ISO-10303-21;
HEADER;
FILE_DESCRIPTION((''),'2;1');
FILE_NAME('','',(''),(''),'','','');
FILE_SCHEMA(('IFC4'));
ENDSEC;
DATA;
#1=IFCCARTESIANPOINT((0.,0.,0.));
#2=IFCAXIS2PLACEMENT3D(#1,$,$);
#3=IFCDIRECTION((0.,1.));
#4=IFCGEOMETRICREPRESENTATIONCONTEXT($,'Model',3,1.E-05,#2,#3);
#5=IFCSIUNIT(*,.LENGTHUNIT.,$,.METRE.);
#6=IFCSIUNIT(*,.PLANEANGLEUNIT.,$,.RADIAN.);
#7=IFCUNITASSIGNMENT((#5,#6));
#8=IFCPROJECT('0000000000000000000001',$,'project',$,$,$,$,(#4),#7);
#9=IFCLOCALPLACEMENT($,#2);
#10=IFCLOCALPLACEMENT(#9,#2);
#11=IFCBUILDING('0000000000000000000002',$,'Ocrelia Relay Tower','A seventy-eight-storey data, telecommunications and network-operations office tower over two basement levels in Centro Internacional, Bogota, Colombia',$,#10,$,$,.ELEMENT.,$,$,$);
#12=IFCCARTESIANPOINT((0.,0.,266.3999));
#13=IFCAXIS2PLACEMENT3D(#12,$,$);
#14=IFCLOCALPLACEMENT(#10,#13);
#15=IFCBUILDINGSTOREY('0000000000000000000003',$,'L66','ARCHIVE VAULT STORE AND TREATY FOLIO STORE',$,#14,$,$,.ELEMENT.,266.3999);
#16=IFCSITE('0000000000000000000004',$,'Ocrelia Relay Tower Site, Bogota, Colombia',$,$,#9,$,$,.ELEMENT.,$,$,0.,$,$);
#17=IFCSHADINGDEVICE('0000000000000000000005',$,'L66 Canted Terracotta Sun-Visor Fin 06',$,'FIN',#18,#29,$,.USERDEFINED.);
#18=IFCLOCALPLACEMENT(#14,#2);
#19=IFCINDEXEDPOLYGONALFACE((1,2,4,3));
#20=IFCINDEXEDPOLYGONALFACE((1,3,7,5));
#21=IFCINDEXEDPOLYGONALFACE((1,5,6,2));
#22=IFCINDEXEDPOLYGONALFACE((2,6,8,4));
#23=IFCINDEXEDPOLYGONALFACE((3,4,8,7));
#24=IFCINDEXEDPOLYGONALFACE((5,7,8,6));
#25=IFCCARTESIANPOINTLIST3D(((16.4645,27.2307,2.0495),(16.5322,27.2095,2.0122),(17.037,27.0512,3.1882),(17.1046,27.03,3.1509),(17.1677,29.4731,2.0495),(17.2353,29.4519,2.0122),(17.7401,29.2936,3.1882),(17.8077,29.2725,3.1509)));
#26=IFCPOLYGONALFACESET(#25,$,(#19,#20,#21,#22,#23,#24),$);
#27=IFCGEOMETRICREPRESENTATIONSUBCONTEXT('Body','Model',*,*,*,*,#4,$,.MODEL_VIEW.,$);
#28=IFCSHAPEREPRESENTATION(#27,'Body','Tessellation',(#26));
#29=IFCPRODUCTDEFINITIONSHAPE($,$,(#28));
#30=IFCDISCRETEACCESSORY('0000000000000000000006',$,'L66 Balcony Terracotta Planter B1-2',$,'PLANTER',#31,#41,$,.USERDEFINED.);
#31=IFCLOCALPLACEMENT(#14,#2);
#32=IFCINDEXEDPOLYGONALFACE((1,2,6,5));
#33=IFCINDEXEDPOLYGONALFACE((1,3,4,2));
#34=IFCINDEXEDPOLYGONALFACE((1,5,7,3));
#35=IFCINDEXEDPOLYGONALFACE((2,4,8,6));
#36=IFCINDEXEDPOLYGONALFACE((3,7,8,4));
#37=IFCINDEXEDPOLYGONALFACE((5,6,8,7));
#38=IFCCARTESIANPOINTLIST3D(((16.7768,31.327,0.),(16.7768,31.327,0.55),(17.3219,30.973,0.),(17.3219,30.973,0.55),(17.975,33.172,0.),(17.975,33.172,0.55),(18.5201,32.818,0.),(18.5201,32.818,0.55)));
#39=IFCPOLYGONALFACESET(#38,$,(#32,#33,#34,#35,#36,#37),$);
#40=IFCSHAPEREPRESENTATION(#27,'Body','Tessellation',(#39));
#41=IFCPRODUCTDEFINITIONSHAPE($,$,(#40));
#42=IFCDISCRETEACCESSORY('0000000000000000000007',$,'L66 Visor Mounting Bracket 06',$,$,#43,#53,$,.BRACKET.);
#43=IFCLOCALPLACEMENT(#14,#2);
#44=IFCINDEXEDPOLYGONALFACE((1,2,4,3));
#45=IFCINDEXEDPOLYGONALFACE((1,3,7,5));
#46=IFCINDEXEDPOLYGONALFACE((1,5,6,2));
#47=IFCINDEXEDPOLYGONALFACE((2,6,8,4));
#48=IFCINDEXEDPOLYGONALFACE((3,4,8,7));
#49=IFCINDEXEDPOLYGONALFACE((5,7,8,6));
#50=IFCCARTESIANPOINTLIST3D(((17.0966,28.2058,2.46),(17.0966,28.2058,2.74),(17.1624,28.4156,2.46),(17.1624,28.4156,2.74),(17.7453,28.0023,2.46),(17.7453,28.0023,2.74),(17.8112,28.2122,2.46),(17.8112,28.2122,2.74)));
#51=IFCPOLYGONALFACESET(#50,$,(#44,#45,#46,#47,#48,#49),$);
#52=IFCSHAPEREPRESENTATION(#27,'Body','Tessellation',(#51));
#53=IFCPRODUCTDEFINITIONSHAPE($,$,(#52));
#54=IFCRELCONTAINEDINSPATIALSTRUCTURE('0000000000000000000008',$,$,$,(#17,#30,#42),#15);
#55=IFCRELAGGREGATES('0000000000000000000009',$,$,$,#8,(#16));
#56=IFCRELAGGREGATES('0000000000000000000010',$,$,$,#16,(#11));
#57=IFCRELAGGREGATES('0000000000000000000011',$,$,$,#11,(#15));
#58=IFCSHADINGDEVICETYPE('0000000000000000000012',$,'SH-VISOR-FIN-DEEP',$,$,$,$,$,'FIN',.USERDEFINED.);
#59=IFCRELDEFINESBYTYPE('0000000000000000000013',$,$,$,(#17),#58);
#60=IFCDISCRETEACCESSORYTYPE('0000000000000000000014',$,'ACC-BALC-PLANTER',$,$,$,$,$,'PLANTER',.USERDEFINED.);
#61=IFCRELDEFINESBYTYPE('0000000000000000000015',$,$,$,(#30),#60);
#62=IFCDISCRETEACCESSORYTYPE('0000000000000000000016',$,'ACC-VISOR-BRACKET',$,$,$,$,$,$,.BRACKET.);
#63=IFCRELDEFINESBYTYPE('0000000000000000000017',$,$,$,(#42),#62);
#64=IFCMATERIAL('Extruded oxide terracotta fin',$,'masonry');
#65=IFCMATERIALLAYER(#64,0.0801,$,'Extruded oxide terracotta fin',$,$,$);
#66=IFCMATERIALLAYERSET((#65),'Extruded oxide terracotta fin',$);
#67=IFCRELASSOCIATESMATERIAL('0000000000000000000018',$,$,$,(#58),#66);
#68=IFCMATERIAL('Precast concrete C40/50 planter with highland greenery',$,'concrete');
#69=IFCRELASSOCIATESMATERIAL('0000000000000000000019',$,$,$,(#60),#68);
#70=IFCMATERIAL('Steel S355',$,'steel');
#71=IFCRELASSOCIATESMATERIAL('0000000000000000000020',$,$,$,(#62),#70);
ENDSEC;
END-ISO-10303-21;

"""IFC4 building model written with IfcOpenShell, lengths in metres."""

from ifc_helpers import new_model, si_unit, direction, frame, origin, origin_2d, place, context, subcontext, project, spatial, rectangle, extrude, material, layer, layer_set, type_object, element, save


model = new_model("IFC4")

# Units and contexts
model_context = context("Model", 3, precision=1e-05, world=origin(), true_north=direction((0.0, 1.0)))
body_context = subcontext(model_context, "Body", "Model", "MODEL_VIEW")
ifc_project = project(units=[si_unit("LENGTHUNIT", "METRE"), si_unit("PLANEANGLEUNIT", "RADIAN")], contexts=[model_context])

# Site, building, storey
site_placement = place(None, origin())
site = spatial("IfcSite", under=ifc_project, at=site_placement, Name="Ocrelia Relay Tower Site, Bogota, Colombia", CompositionType="ELEMENT", RefElevation=0.0)
building_placement = place(site_placement, origin())
building = spatial("IfcBuilding", under=site, at=building_placement, Name="Ocrelia Relay Tower", Description="A seventy-eight-storey data, telecommunications and network-operations office tower over two basement levels in Centro Internacional, Bogota, Colombia", CompositionType="ELEMENT")
storey_placement = place(building_placement, frame((0.0, 0.0, 266.3999)))
storey = spatial("IfcBuildingStorey", under=building, at=storey_placement, Name="L66", Description="ARCHIVE VAULT STORE AND TREATY FOLIO STORE", CompositionType="ELEMENT", Elevation=266.3999)

# Shared definitions
ifc_material_1 = material(Name="Steel S355", Category="steel")

# Shading device
ifc_material_2 = material(Name="Extruded oxide terracotta fin", Category="masonry")
ifc_layer_1 = layer(ifc_material_2, 0.0801, Name="Extruded oxide terracotta fin")
ifc_layer_set_1 = layer_set([ifc_layer_1], Name="Extruded oxide terracotta fin")
shading_device_type_1 = type_object("IfcShadingDeviceType", Name="SH-VISOR-FIN-DEEP", ElementType="FIN", PredefinedType="USERDEFINED", material=ifc_layer_set_1)
shading_device_1_placement = place(storey_placement, frame((17.1699, 28.241, 2.5815), z_axis=(-0.844217, 0.264706, 0.466078), x_axis=(-0.29919, -0.954194, 0.0)))
element("IfcShadingDevice", 1, at=shading_device_1_placement, inside=storey, type_object=shading_device_type_1, Name="L66 Canted Terracotta Sun-Visor Fin 06", ObjectType="FIN", PredefinedType="USERDEFINED", context=body_context, shape_type="SweptSolid", body=[
    extrude(rectangle(XDim=2.3501, YDim=1.2871, at=origin_2d()), origin(), (0.0, 0.0, 1.0), 0.0801),
])

# Discrete accessories
ifc_material_3 = material(Name="Precast concrete C40/50 planter with highland greenery", Category="concrete")
discrete_accessory_type_1 = type_object("IfcDiscreteAccessoryType", Name="ACC-BALC-PLANTER", ElementType="PLANTER", PredefinedType="USERDEFINED", material=ifc_material_3)
discrete_accessory_1_placement = place(storey_placement, frame((17.6484, 32.0725, 0.0), z_axis=(0.0, 0.0, 1.0), x_axis=(0.544635, 0.838673, 0.0)))
element("IfcDiscreteAccessory", 2, at=discrete_accessory_1_placement, inside=storey, type_object=discrete_accessory_type_1, Name="L66 Balcony Terracotta Planter B1-2", ObjectType="PLANTER", PredefinedType="USERDEFINED", context=body_context, shape_type="SweptSolid", body=[
    extrude(rectangle(XDim=2.2, YDim=0.6499, at=origin_2d()), origin(), (0.0, 0.0, 1.0), 0.55),
])
discrete_accessory_type_2 = type_object("IfcDiscreteAccessoryType", Name="ACC-VISOR-BRACKET", PredefinedType="BRACKET", material=ifc_material_1)
discrete_accessory_2_placement = place(storey_placement, frame((17.4539, 28.209, 2.46), z_axis=(0.0, 0.0, 1.0), x_axis=(-0.29919, -0.954194, 0.0)))
element("IfcDiscreteAccessory", 3, at=discrete_accessory_2_placement, inside=storey, type_object=discrete_accessory_type_2, Name="L66 Visor Mounting Bracket 06", PredefinedType="BRACKET", context=body_context, shape_type="SweptSolid", body=[
    extrude(rectangle(XDim=0.22, YDim=0.6799, at=origin_2d()), origin(), (0.0, 0.0, 1.0), 0.28),
])

save(model, "model.ifc")
